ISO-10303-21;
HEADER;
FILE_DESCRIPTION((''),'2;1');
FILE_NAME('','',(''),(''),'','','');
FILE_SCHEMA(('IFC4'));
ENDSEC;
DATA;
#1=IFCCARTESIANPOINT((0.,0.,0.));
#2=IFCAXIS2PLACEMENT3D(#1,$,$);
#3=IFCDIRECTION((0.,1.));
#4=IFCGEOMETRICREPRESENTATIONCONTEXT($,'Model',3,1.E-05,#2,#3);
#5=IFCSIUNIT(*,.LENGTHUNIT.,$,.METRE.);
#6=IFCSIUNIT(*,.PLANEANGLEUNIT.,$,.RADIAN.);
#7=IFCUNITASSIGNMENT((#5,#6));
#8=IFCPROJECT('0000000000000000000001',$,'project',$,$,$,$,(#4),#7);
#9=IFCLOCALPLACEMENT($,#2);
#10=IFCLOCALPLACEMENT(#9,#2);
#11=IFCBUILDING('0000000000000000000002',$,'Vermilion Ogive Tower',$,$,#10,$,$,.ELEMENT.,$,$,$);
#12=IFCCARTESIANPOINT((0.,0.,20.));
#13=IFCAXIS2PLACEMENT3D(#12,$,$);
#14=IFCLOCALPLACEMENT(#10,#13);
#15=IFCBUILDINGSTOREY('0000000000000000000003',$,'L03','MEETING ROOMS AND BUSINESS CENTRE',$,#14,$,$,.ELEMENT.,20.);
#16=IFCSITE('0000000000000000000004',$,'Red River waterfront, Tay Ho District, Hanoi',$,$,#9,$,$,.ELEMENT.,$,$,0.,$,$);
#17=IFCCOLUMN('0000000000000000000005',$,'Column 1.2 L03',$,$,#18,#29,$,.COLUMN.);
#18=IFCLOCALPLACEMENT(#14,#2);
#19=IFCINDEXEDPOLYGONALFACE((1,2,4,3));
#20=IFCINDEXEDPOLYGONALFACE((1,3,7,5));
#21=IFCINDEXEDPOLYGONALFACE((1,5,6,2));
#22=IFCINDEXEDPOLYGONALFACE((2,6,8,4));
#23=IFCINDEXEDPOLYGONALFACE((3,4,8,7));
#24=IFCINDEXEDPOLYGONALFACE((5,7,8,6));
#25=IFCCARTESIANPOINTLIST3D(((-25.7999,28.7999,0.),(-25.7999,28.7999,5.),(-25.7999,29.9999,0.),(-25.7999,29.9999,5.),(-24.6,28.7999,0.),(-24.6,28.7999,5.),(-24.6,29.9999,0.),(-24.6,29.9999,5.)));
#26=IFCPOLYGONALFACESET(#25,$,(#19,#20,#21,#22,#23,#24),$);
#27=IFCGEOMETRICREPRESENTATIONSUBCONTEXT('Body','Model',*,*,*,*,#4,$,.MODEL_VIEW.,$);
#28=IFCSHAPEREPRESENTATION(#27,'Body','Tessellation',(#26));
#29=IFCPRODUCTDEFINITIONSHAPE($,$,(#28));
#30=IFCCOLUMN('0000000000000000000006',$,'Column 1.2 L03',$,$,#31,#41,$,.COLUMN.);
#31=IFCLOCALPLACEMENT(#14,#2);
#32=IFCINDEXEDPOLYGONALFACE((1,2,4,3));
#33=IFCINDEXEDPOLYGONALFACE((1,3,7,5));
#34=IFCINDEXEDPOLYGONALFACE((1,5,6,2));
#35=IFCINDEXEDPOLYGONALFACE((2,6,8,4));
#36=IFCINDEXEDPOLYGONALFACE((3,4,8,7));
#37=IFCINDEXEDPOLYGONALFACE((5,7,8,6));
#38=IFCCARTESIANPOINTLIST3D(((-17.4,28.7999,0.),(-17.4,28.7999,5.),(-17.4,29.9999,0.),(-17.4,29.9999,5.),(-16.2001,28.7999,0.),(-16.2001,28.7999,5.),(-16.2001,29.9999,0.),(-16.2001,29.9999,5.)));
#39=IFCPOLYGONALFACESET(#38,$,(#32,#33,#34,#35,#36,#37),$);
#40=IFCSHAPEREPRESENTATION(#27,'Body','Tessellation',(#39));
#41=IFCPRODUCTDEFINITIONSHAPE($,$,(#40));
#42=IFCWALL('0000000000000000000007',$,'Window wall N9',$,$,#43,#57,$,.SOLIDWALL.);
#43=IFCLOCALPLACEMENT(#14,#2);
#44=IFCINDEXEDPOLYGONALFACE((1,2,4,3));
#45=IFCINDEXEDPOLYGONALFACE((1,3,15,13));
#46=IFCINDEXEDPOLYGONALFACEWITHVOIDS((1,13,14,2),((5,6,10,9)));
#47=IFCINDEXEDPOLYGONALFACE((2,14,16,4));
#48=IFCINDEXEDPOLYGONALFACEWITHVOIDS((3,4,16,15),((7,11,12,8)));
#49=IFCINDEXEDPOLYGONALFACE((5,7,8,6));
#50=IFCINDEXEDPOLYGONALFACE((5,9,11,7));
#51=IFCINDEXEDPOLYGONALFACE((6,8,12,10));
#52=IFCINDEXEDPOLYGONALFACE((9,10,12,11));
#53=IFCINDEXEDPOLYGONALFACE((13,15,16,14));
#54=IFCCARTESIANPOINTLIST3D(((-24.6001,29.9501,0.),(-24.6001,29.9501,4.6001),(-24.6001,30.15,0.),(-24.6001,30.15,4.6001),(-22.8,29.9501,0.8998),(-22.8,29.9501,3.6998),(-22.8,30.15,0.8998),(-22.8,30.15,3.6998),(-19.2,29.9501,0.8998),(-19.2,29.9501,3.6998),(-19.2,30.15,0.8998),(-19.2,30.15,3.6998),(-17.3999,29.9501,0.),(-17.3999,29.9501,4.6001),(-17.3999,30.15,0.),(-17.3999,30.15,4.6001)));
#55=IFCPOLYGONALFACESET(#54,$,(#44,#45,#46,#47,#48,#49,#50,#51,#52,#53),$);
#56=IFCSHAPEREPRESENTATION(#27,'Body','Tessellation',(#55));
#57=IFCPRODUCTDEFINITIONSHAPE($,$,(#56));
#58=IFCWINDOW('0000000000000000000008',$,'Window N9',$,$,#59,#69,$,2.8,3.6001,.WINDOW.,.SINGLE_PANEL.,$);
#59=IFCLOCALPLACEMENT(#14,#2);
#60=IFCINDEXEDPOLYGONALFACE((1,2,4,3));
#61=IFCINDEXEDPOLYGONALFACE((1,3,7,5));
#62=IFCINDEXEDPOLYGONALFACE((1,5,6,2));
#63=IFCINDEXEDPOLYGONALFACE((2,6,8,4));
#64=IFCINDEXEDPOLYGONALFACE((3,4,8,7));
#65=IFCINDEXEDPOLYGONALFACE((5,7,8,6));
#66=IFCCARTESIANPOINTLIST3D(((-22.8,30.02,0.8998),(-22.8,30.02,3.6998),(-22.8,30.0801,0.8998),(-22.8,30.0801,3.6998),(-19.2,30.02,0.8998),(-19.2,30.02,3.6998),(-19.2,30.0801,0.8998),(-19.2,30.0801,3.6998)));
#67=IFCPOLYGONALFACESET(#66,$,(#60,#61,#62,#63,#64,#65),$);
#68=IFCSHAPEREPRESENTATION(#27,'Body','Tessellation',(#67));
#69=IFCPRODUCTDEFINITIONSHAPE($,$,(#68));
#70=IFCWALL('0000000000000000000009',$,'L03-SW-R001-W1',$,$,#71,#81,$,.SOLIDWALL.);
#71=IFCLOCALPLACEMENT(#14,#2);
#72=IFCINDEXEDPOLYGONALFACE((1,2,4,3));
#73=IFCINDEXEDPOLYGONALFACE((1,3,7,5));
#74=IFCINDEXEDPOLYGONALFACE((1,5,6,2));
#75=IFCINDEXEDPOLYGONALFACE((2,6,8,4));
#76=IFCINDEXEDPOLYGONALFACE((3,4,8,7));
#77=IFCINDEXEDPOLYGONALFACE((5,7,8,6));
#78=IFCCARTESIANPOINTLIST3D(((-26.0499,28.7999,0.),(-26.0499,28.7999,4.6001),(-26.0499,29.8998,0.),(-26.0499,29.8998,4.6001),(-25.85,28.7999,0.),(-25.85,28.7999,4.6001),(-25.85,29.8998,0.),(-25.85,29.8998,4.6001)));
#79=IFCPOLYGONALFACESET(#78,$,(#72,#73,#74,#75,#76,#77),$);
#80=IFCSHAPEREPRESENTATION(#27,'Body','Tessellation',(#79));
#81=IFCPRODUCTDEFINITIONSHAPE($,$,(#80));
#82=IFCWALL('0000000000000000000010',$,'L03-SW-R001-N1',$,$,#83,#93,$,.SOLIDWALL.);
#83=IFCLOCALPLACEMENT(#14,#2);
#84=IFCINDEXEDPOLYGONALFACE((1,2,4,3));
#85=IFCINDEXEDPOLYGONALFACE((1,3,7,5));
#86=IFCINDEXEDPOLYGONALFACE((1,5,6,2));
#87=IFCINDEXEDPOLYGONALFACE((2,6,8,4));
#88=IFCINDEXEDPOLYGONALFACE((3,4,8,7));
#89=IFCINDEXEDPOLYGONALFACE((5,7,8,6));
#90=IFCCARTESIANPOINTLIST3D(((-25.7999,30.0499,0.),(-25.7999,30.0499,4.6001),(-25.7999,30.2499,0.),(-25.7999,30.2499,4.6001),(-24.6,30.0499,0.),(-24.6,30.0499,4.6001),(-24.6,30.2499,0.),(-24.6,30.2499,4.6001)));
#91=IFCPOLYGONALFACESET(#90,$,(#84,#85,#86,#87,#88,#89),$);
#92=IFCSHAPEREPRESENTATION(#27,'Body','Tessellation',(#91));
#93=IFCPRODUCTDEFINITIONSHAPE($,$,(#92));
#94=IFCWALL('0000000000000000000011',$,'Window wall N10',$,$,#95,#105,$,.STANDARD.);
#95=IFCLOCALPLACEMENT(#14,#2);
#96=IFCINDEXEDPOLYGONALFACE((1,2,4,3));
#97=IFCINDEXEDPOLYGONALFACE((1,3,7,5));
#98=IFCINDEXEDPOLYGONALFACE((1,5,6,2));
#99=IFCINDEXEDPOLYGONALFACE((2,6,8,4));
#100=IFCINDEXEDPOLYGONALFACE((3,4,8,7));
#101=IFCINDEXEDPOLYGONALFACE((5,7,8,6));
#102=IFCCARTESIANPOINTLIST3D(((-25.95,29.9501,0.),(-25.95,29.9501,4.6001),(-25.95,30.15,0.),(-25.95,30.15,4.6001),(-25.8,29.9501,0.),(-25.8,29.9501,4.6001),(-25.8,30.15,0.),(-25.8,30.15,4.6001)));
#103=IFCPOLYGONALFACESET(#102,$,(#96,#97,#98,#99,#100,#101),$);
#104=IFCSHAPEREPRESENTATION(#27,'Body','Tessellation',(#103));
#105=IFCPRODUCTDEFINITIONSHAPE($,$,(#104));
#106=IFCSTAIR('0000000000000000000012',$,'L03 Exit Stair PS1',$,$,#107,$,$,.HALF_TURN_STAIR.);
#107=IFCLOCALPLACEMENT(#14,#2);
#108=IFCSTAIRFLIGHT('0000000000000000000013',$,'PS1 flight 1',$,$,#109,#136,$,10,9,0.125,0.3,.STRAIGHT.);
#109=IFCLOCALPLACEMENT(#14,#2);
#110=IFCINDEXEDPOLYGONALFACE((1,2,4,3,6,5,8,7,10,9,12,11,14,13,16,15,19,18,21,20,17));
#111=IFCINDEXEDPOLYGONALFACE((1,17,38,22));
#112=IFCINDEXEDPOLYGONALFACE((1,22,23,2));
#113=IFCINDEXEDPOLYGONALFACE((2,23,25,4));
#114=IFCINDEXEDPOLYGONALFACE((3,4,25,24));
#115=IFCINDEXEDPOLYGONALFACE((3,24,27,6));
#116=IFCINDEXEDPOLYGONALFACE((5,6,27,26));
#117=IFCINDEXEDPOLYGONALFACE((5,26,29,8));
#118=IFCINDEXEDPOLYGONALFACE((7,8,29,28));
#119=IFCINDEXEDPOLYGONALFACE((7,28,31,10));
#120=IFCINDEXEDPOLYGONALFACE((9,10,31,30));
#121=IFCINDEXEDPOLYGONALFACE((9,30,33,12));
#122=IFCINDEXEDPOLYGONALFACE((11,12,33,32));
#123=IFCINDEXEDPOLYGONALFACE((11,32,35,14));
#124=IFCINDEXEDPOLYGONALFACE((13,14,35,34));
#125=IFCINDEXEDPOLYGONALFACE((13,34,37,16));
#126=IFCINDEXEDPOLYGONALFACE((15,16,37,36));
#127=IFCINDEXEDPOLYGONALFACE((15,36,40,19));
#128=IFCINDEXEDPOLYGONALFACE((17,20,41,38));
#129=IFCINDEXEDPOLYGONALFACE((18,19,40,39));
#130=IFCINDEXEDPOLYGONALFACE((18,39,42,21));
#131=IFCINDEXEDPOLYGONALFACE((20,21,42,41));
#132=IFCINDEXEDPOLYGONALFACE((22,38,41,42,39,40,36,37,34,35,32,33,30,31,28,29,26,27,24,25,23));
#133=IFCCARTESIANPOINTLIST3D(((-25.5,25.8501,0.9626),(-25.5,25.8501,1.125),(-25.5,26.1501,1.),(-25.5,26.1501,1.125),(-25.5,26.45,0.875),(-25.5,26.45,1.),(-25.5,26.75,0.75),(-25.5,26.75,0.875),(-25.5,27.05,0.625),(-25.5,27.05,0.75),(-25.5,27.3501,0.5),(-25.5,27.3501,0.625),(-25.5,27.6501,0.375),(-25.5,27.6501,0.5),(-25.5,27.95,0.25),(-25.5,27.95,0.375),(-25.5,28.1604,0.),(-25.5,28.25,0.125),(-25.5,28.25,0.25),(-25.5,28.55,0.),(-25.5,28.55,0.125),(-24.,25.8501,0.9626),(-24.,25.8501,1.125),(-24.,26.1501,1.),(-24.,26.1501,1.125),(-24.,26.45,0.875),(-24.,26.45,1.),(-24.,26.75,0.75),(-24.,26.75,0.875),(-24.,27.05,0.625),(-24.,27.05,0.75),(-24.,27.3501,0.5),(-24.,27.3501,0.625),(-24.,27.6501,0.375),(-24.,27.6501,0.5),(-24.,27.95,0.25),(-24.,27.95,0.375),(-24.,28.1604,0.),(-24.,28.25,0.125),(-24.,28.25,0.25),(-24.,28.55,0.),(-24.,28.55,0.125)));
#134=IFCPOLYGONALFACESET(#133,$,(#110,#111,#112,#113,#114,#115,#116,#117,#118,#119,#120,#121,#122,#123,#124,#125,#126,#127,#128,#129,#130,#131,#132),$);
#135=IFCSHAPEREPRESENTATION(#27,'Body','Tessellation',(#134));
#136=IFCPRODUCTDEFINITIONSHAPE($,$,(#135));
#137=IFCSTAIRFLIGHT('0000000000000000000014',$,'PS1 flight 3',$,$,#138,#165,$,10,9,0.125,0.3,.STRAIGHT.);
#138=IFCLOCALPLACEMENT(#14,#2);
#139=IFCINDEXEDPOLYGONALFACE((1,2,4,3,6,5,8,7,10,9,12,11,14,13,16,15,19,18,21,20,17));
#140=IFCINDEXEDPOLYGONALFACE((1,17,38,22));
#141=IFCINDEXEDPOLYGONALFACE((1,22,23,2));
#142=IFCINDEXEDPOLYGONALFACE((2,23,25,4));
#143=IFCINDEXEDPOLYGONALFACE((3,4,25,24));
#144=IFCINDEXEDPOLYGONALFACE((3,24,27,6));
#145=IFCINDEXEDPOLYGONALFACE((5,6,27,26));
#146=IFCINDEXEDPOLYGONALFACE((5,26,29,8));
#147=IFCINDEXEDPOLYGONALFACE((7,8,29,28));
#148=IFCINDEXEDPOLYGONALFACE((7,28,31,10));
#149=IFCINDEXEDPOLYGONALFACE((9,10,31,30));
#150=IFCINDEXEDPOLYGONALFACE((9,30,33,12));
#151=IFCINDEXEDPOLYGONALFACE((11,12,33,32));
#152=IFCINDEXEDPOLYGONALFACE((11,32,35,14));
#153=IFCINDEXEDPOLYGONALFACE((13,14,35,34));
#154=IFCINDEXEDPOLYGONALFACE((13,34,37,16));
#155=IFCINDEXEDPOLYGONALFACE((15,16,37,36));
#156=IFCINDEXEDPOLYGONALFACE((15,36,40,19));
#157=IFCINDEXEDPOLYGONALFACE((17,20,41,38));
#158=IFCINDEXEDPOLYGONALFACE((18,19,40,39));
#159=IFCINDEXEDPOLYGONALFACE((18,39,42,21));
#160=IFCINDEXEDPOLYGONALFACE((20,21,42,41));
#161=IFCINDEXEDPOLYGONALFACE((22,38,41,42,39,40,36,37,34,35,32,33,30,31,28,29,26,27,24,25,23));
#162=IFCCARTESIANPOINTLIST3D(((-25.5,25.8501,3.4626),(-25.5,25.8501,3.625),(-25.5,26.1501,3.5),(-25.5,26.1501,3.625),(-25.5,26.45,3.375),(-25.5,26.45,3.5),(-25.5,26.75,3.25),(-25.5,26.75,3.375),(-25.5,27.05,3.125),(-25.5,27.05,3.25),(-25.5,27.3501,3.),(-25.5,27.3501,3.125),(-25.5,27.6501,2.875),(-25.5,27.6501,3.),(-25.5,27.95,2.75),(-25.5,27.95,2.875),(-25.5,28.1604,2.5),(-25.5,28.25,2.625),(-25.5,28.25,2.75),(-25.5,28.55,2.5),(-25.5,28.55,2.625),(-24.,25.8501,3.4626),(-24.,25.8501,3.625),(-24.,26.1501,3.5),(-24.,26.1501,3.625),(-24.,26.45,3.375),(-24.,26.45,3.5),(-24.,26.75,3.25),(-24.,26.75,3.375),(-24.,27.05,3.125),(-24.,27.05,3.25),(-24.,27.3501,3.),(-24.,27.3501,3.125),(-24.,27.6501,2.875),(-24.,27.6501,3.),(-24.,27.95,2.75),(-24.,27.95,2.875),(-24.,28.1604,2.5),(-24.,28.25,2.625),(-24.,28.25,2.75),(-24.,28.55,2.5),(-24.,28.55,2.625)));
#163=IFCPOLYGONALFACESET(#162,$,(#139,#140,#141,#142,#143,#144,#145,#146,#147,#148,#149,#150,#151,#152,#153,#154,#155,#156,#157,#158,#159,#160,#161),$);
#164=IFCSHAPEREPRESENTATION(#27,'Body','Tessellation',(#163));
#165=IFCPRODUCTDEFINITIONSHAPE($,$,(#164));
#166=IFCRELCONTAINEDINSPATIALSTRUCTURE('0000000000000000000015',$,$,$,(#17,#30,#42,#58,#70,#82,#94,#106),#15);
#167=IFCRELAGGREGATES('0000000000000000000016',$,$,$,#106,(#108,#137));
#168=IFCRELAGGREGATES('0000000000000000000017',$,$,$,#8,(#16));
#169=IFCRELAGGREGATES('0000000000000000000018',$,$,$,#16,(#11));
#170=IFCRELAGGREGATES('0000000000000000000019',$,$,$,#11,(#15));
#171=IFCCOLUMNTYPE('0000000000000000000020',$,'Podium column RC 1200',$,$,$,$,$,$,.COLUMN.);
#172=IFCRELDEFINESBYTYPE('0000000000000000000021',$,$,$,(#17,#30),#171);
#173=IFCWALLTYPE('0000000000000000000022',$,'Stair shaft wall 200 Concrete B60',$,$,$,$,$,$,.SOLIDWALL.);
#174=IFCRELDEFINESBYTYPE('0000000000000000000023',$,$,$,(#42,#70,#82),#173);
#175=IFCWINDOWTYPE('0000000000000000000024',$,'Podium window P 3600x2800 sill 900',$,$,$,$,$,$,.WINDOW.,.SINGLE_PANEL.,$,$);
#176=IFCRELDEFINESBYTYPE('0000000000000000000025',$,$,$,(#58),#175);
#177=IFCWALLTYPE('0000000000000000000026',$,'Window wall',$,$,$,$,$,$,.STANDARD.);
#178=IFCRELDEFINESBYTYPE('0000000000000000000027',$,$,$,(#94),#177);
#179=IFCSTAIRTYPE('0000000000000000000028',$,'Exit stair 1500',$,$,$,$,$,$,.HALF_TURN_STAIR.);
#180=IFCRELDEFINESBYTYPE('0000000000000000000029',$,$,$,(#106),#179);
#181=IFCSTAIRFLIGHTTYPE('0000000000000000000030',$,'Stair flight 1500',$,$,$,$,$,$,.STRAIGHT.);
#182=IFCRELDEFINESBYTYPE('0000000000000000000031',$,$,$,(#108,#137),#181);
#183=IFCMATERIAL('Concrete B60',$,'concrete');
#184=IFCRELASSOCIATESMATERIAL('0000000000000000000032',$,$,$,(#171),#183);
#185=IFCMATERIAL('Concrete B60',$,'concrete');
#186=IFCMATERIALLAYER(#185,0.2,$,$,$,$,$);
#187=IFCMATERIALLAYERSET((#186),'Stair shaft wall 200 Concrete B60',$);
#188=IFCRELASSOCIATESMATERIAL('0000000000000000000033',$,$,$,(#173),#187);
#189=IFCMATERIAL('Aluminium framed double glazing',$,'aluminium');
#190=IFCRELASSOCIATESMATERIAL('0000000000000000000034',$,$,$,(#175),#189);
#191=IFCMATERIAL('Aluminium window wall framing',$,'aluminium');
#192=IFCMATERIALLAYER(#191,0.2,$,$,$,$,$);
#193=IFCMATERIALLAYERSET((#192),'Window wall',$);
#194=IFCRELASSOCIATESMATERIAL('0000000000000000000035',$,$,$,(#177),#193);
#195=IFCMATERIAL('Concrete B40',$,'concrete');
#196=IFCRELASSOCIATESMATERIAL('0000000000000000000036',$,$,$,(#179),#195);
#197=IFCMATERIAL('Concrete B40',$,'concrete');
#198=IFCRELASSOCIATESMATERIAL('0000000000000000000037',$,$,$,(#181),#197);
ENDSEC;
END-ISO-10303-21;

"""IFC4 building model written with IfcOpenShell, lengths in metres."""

from ifc_helpers import new_model, si_unit, direction, frame, frame_2d, origin, origin_2d, place, context, subcontext, project, spatial, polyline, rectangle, outline, extrude, material, layer, layer_set, material_profile, profile_set, type_object, element, fill, aggregate, save


model = new_model("IFC4")

# Units and contexts
model_context = context("Model", 3, precision=1e-05, world=origin(), true_north=direction((0.0, 1.0)))
body_context = subcontext(model_context, "Body", "Model", "MODEL_VIEW")
ifc_project = project(units=[si_unit("LENGTHUNIT", "METRE"), si_unit("PLANEANGLEUNIT", "RADIAN")], contexts=[model_context])

# Site, building, storey
site_placement = place(None, origin())
site = spatial("IfcSite", under=ifc_project, at=site_placement, Name="Red River waterfront, Tay Ho District, Hanoi", CompositionType="ELEMENT", RefElevation=0.0)
building_placement = place(site_placement, origin())
building = spatial("IfcBuilding", under=site, at=building_placement, Name="Vermilion Ogive Tower", CompositionType="ELEMENT")
storey_placement = place(building_placement, frame((0.0, 0.0, 20.0)))
storey = spatial("IfcBuildingStorey", under=building, at=storey_placement, Name="L03", Description="MEETING ROOMS AND BUSINESS CENTRE", CompositionType="ELEMENT", Elevation=20.0)

# Columns
ifc_material_1 = material(Name="Concrete B60", Category="concrete")
ifc_material_profile = material_profile(ifc_material_1, rectangle(XDim=1.2, YDim=1.2, at=origin_2d()), Name="RC 1200x1200")
ifc_profile_set = profile_set([ifc_material_profile], Name="Concrete B60")
column_type = type_object("IfcColumnType", Name="Podium column RC 1200", PredefinedType="COLUMN", material=ifc_profile_set)
for number, where, z_axis, x_axis, name in (
    (1, (-25.2, 29.3999, 0.0), (0.0, 0.0, 1.0), (1.0, 0.0, 0.0), "Column 1.2 L03"),
    (2, (-16.8, 29.3999, 0.0), (0.0, 0.0, 1.0), (1.0, 0.0, 0.0), "Column 1.2 L03"),
):
    element("IfcColumn", number, at=place(storey_placement, frame(where, z_axis=z_axis, x_axis=x_axis)), inside=storey, type_object=column_type, Name=name, PredefinedType="COLUMN", context=body_context, shape_type="SweptSolid", body=[
        extrude(rectangle(XDim=1.2, YDim=1.2, at=origin_2d()), origin(), (0.0, 0.0, 1.0), 5.0),
    ])

# Wall, opening, window
ifc_material_2 = material(Name="Concrete B60", Category="concrete")
ifc_layer_1 = layer(ifc_material_2, 0.2)
ifc_layer_set_1 = layer_set([ifc_layer_1], Name="Stair shaft wall 200 Concrete B60")
wall_type_1 = type_object("IfcWallType", Name="Stair shaft wall 200 Concrete B60", PredefinedType="SOLIDWALL", material=ifc_layer_set_1)
wall_1_placement = place(storey_placement, frame((-24.6001, 30.05, 0.0), z_axis=(0.0, 0.0, 1.0), x_axis=(1.0, 0.0, 0.0)))
wall_1 = element("IfcWall", 3, at=wall_1_placement, inside=storey, type_object=wall_type_1, Name="Window wall N9", PredefinedType="SOLIDWALL", context=body_context, shape_type="SweptSolid", body=[
    extrude(rectangle(XDim=7.2002, YDim=0.2, at=frame_2d((3.6001, 0.0))), origin(), (0.0, 0.0, 1.0), 4.6001),
])
opening_placement = place(wall_1_placement, frame((1.8, 0.0, 0.8999)))
opening = element("IfcOpeningElement", 4, at=opening_placement, cuts=wall_1, PredefinedType="OPENING", context=body_context, shape_type="SweptSolid", body=[
    extrude(rectangle(XDim=3.6001, YDim=2.8, at=frame_2d((1.8, 1.3999))), frame((0.0, 0.1099, 0.0), z_axis=(0.0, -1.0, 0.0), x_axis=(1.0, 0.0, 0.0)), (0.0, 0.0, 1.0), 0.22),
])
ifc_material_3 = material(Name="Aluminium framed double glazing", Category="aluminium")
window_type = type_object("IfcWindowType", Name="Podium window P 3600x2800 sill 900", PartitioningType="SINGLE_PANEL", PredefinedType="WINDOW", material=ifc_material_3)
window_placement = place(opening_placement, origin())
window = element("IfcWindow", 5, at=window_placement, inside=storey, type_object=window_type, Name="Window N9", OverallHeight=2.8, OverallWidth=3.6001, PartitioningType="SINGLE_PANEL", PredefinedType="WINDOW", context=body_context, shape_type="SweptSolid", body=[
    extrude(rectangle(XDim=3.6001, YDim=2.8, at=frame_2d((1.8, 1.3999))), frame((0.0, 0.03, 0.0), z_axis=(0.0, -1.0, 0.0), x_axis=(1.0, 0.0, 0.0)), (0.0, 0.0, 1.0), 0.0601),
])
fill(opening, window)

# Walls
wall_2_placement = place(storey_placement, frame((-25.95, 28.8, 0.0), z_axis=(0.0, 0.0, 1.0), x_axis=(0.0, 1.0, 0.0)))
element("IfcWall", 6, at=wall_2_placement, inside=storey, type_object=wall_type_1, Name="L03-SW-R001-W1", PredefinedType="SOLIDWALL", context=body_context, shape_type="SweptSolid", body=[
    extrude(rectangle(XDim=1.0999, YDim=0.2, at=frame_2d((0.5498, 0.0))), origin(), (0.0, 0.0, 1.0), 4.6001),
])
wall_3_placement = place(storey_placement, frame((-25.8, 30.1499, 0.0), z_axis=(0.0, 0.0, 1.0), x_axis=(1.0, 0.0, 0.0)))
element("IfcWall", 7, at=wall_3_placement, inside=storey, type_object=wall_type_1, Name="L03-SW-R001-N1", PredefinedType="SOLIDWALL", context=body_context, shape_type="SweptSolid", body=[
    extrude(rectangle(XDim=1.2, YDim=0.2, at=frame_2d((0.6001, 0.0))), origin(), (0.0, 0.0, 1.0), 4.6001),
])
ifc_material_4 = material(Name="Aluminium window wall framing", Category="aluminium")
ifc_layer_2 = layer(ifc_material_4, 0.2)
ifc_layer_set_2 = layer_set([ifc_layer_2], Name="Window wall")
wall_type_2 = type_object("IfcWallType", Name="Window wall", PredefinedType="STANDARD", material=ifc_layer_set_2)
wall_4_placement = place(storey_placement, frame((-25.8, 30.05, 0.0), z_axis=(0.0, 0.0, 1.0), x_axis=(-1.0, 0.0, 0.0)))
element("IfcWall", 8, at=wall_4_placement, inside=storey, type_object=wall_type_2, Name="Window wall N10", PredefinedType="STANDARD", context=body_context, shape_type="SweptSolid", body=[
    extrude(rectangle(XDim=0.1499, YDim=0.2, at=frame_2d((0.075, 0.0))), origin(), (0.0, 0.0, 1.0), 4.6001),
])

# Stair, stair flights
ifc_material_5 = material(Name="Concrete B40", Category="concrete")
stair_type = type_object("IfcStairType", Name="Exit stair 1500", PredefinedType="HALF_TURN_STAIR", material=ifc_material_5)
stair_placement = place(storey_placement, origin())
stair = element("IfcStair", 9, at=stair_placement, inside=storey, type_object=stair_type, Name="L03 Exit Stair PS1", PredefinedType="HALF_TURN_STAIR")
ifc_material_6 = material(Name="Concrete B40", Category="concrete")
stair_flight_type = type_object("IfcStairFlightType", Name="Stair flight 1500", PredefinedType="STRAIGHT", material=ifc_material_6)
stair_flight_1_placement = place(storey_placement, frame((-24.75, 28.55, 0.0), z_axis=(0.0, 0.0, 1.0), x_axis=(0.0, -1.0, 0.0)))
stair_flight_1 = element("IfcStairFlight", 10, at=stair_flight_1_placement, type_object=stair_flight_type, Name="PS1 flight 1", NumberOfRisers=10, NumberOfTreads=9, PredefinedType="STRAIGHT", RiserHeight=0.125, TreadLength=0.3, context=body_context, shape_type="SweptSolid", body=[
    extrude(outline(polyline([(0.0, 0.0), (0.0, 0.125), (0.3, 0.125), (0.3, 0.25), (0.6001, 0.25), (0.6001, 0.375), (0.8999, 0.375), (0.8999, 0.5), (1.2, 0.5), (1.2, 0.625), (1.5, 0.625), (1.5, 0.75), (1.8, 0.75), (1.8, 0.875), (2.1001, 0.875), (2.1001, 1.0), (2.3999, 1.0), (2.3999, 1.125), (2.7, 1.125), (2.7, 1.25), (2.7, 0.9626), (0.3896, 0.0), (0.0, 0.0)])), frame((0.0, 0.75, 0.0), z_axis=(0.0, -1.0, 0.0), x_axis=(1.0, 0.0, 0.0)), (0.0, 0.0, 1.0), 1.5),
])
stair_flight_2_placement = place(storey_placement, frame((-24.75, 28.55, 2.5), z_axis=(0.0, 0.0, 1.0), x_axis=(0.0, -1.0, 0.0)))
stair_flight_2 = element("IfcStairFlight", 11, at=stair_flight_2_placement, type_object=stair_flight_type, Name="PS1 flight 3", NumberOfRisers=10, NumberOfTreads=9, PredefinedType="STRAIGHT", RiserHeight=0.125, TreadLength=0.3, context=body_context, shape_type="SweptSolid", body=[
    extrude(outline(polyline([(0.0, 0.0), (0.0, 0.125), (0.3, 0.125), (0.3, 0.25), (0.6001, 0.25), (0.6001, 0.375), (0.8999, 0.375), (0.8999, 0.5), (1.2, 0.5), (1.2, 0.625), (1.5, 0.625), (1.5, 0.75), (1.8, 0.75), (1.8, 0.875), (2.1001, 0.875), (2.1001, 1.0), (2.3999, 1.0), (2.3999, 1.125), (2.7, 1.125), (2.7, 1.25), (2.7, 0.9626), (0.3896, 0.0), (0.0, 0.0)])), frame((0.0, 0.75, 0.0), z_axis=(0.0, -1.0, 0.0), x_axis=(1.0, 0.0, 0.0)), (0.0, 0.0, 1.0), 1.5),
])
aggregate(stair, [stair_flight_1, stair_flight_2])

save(model, "model.ifc")
